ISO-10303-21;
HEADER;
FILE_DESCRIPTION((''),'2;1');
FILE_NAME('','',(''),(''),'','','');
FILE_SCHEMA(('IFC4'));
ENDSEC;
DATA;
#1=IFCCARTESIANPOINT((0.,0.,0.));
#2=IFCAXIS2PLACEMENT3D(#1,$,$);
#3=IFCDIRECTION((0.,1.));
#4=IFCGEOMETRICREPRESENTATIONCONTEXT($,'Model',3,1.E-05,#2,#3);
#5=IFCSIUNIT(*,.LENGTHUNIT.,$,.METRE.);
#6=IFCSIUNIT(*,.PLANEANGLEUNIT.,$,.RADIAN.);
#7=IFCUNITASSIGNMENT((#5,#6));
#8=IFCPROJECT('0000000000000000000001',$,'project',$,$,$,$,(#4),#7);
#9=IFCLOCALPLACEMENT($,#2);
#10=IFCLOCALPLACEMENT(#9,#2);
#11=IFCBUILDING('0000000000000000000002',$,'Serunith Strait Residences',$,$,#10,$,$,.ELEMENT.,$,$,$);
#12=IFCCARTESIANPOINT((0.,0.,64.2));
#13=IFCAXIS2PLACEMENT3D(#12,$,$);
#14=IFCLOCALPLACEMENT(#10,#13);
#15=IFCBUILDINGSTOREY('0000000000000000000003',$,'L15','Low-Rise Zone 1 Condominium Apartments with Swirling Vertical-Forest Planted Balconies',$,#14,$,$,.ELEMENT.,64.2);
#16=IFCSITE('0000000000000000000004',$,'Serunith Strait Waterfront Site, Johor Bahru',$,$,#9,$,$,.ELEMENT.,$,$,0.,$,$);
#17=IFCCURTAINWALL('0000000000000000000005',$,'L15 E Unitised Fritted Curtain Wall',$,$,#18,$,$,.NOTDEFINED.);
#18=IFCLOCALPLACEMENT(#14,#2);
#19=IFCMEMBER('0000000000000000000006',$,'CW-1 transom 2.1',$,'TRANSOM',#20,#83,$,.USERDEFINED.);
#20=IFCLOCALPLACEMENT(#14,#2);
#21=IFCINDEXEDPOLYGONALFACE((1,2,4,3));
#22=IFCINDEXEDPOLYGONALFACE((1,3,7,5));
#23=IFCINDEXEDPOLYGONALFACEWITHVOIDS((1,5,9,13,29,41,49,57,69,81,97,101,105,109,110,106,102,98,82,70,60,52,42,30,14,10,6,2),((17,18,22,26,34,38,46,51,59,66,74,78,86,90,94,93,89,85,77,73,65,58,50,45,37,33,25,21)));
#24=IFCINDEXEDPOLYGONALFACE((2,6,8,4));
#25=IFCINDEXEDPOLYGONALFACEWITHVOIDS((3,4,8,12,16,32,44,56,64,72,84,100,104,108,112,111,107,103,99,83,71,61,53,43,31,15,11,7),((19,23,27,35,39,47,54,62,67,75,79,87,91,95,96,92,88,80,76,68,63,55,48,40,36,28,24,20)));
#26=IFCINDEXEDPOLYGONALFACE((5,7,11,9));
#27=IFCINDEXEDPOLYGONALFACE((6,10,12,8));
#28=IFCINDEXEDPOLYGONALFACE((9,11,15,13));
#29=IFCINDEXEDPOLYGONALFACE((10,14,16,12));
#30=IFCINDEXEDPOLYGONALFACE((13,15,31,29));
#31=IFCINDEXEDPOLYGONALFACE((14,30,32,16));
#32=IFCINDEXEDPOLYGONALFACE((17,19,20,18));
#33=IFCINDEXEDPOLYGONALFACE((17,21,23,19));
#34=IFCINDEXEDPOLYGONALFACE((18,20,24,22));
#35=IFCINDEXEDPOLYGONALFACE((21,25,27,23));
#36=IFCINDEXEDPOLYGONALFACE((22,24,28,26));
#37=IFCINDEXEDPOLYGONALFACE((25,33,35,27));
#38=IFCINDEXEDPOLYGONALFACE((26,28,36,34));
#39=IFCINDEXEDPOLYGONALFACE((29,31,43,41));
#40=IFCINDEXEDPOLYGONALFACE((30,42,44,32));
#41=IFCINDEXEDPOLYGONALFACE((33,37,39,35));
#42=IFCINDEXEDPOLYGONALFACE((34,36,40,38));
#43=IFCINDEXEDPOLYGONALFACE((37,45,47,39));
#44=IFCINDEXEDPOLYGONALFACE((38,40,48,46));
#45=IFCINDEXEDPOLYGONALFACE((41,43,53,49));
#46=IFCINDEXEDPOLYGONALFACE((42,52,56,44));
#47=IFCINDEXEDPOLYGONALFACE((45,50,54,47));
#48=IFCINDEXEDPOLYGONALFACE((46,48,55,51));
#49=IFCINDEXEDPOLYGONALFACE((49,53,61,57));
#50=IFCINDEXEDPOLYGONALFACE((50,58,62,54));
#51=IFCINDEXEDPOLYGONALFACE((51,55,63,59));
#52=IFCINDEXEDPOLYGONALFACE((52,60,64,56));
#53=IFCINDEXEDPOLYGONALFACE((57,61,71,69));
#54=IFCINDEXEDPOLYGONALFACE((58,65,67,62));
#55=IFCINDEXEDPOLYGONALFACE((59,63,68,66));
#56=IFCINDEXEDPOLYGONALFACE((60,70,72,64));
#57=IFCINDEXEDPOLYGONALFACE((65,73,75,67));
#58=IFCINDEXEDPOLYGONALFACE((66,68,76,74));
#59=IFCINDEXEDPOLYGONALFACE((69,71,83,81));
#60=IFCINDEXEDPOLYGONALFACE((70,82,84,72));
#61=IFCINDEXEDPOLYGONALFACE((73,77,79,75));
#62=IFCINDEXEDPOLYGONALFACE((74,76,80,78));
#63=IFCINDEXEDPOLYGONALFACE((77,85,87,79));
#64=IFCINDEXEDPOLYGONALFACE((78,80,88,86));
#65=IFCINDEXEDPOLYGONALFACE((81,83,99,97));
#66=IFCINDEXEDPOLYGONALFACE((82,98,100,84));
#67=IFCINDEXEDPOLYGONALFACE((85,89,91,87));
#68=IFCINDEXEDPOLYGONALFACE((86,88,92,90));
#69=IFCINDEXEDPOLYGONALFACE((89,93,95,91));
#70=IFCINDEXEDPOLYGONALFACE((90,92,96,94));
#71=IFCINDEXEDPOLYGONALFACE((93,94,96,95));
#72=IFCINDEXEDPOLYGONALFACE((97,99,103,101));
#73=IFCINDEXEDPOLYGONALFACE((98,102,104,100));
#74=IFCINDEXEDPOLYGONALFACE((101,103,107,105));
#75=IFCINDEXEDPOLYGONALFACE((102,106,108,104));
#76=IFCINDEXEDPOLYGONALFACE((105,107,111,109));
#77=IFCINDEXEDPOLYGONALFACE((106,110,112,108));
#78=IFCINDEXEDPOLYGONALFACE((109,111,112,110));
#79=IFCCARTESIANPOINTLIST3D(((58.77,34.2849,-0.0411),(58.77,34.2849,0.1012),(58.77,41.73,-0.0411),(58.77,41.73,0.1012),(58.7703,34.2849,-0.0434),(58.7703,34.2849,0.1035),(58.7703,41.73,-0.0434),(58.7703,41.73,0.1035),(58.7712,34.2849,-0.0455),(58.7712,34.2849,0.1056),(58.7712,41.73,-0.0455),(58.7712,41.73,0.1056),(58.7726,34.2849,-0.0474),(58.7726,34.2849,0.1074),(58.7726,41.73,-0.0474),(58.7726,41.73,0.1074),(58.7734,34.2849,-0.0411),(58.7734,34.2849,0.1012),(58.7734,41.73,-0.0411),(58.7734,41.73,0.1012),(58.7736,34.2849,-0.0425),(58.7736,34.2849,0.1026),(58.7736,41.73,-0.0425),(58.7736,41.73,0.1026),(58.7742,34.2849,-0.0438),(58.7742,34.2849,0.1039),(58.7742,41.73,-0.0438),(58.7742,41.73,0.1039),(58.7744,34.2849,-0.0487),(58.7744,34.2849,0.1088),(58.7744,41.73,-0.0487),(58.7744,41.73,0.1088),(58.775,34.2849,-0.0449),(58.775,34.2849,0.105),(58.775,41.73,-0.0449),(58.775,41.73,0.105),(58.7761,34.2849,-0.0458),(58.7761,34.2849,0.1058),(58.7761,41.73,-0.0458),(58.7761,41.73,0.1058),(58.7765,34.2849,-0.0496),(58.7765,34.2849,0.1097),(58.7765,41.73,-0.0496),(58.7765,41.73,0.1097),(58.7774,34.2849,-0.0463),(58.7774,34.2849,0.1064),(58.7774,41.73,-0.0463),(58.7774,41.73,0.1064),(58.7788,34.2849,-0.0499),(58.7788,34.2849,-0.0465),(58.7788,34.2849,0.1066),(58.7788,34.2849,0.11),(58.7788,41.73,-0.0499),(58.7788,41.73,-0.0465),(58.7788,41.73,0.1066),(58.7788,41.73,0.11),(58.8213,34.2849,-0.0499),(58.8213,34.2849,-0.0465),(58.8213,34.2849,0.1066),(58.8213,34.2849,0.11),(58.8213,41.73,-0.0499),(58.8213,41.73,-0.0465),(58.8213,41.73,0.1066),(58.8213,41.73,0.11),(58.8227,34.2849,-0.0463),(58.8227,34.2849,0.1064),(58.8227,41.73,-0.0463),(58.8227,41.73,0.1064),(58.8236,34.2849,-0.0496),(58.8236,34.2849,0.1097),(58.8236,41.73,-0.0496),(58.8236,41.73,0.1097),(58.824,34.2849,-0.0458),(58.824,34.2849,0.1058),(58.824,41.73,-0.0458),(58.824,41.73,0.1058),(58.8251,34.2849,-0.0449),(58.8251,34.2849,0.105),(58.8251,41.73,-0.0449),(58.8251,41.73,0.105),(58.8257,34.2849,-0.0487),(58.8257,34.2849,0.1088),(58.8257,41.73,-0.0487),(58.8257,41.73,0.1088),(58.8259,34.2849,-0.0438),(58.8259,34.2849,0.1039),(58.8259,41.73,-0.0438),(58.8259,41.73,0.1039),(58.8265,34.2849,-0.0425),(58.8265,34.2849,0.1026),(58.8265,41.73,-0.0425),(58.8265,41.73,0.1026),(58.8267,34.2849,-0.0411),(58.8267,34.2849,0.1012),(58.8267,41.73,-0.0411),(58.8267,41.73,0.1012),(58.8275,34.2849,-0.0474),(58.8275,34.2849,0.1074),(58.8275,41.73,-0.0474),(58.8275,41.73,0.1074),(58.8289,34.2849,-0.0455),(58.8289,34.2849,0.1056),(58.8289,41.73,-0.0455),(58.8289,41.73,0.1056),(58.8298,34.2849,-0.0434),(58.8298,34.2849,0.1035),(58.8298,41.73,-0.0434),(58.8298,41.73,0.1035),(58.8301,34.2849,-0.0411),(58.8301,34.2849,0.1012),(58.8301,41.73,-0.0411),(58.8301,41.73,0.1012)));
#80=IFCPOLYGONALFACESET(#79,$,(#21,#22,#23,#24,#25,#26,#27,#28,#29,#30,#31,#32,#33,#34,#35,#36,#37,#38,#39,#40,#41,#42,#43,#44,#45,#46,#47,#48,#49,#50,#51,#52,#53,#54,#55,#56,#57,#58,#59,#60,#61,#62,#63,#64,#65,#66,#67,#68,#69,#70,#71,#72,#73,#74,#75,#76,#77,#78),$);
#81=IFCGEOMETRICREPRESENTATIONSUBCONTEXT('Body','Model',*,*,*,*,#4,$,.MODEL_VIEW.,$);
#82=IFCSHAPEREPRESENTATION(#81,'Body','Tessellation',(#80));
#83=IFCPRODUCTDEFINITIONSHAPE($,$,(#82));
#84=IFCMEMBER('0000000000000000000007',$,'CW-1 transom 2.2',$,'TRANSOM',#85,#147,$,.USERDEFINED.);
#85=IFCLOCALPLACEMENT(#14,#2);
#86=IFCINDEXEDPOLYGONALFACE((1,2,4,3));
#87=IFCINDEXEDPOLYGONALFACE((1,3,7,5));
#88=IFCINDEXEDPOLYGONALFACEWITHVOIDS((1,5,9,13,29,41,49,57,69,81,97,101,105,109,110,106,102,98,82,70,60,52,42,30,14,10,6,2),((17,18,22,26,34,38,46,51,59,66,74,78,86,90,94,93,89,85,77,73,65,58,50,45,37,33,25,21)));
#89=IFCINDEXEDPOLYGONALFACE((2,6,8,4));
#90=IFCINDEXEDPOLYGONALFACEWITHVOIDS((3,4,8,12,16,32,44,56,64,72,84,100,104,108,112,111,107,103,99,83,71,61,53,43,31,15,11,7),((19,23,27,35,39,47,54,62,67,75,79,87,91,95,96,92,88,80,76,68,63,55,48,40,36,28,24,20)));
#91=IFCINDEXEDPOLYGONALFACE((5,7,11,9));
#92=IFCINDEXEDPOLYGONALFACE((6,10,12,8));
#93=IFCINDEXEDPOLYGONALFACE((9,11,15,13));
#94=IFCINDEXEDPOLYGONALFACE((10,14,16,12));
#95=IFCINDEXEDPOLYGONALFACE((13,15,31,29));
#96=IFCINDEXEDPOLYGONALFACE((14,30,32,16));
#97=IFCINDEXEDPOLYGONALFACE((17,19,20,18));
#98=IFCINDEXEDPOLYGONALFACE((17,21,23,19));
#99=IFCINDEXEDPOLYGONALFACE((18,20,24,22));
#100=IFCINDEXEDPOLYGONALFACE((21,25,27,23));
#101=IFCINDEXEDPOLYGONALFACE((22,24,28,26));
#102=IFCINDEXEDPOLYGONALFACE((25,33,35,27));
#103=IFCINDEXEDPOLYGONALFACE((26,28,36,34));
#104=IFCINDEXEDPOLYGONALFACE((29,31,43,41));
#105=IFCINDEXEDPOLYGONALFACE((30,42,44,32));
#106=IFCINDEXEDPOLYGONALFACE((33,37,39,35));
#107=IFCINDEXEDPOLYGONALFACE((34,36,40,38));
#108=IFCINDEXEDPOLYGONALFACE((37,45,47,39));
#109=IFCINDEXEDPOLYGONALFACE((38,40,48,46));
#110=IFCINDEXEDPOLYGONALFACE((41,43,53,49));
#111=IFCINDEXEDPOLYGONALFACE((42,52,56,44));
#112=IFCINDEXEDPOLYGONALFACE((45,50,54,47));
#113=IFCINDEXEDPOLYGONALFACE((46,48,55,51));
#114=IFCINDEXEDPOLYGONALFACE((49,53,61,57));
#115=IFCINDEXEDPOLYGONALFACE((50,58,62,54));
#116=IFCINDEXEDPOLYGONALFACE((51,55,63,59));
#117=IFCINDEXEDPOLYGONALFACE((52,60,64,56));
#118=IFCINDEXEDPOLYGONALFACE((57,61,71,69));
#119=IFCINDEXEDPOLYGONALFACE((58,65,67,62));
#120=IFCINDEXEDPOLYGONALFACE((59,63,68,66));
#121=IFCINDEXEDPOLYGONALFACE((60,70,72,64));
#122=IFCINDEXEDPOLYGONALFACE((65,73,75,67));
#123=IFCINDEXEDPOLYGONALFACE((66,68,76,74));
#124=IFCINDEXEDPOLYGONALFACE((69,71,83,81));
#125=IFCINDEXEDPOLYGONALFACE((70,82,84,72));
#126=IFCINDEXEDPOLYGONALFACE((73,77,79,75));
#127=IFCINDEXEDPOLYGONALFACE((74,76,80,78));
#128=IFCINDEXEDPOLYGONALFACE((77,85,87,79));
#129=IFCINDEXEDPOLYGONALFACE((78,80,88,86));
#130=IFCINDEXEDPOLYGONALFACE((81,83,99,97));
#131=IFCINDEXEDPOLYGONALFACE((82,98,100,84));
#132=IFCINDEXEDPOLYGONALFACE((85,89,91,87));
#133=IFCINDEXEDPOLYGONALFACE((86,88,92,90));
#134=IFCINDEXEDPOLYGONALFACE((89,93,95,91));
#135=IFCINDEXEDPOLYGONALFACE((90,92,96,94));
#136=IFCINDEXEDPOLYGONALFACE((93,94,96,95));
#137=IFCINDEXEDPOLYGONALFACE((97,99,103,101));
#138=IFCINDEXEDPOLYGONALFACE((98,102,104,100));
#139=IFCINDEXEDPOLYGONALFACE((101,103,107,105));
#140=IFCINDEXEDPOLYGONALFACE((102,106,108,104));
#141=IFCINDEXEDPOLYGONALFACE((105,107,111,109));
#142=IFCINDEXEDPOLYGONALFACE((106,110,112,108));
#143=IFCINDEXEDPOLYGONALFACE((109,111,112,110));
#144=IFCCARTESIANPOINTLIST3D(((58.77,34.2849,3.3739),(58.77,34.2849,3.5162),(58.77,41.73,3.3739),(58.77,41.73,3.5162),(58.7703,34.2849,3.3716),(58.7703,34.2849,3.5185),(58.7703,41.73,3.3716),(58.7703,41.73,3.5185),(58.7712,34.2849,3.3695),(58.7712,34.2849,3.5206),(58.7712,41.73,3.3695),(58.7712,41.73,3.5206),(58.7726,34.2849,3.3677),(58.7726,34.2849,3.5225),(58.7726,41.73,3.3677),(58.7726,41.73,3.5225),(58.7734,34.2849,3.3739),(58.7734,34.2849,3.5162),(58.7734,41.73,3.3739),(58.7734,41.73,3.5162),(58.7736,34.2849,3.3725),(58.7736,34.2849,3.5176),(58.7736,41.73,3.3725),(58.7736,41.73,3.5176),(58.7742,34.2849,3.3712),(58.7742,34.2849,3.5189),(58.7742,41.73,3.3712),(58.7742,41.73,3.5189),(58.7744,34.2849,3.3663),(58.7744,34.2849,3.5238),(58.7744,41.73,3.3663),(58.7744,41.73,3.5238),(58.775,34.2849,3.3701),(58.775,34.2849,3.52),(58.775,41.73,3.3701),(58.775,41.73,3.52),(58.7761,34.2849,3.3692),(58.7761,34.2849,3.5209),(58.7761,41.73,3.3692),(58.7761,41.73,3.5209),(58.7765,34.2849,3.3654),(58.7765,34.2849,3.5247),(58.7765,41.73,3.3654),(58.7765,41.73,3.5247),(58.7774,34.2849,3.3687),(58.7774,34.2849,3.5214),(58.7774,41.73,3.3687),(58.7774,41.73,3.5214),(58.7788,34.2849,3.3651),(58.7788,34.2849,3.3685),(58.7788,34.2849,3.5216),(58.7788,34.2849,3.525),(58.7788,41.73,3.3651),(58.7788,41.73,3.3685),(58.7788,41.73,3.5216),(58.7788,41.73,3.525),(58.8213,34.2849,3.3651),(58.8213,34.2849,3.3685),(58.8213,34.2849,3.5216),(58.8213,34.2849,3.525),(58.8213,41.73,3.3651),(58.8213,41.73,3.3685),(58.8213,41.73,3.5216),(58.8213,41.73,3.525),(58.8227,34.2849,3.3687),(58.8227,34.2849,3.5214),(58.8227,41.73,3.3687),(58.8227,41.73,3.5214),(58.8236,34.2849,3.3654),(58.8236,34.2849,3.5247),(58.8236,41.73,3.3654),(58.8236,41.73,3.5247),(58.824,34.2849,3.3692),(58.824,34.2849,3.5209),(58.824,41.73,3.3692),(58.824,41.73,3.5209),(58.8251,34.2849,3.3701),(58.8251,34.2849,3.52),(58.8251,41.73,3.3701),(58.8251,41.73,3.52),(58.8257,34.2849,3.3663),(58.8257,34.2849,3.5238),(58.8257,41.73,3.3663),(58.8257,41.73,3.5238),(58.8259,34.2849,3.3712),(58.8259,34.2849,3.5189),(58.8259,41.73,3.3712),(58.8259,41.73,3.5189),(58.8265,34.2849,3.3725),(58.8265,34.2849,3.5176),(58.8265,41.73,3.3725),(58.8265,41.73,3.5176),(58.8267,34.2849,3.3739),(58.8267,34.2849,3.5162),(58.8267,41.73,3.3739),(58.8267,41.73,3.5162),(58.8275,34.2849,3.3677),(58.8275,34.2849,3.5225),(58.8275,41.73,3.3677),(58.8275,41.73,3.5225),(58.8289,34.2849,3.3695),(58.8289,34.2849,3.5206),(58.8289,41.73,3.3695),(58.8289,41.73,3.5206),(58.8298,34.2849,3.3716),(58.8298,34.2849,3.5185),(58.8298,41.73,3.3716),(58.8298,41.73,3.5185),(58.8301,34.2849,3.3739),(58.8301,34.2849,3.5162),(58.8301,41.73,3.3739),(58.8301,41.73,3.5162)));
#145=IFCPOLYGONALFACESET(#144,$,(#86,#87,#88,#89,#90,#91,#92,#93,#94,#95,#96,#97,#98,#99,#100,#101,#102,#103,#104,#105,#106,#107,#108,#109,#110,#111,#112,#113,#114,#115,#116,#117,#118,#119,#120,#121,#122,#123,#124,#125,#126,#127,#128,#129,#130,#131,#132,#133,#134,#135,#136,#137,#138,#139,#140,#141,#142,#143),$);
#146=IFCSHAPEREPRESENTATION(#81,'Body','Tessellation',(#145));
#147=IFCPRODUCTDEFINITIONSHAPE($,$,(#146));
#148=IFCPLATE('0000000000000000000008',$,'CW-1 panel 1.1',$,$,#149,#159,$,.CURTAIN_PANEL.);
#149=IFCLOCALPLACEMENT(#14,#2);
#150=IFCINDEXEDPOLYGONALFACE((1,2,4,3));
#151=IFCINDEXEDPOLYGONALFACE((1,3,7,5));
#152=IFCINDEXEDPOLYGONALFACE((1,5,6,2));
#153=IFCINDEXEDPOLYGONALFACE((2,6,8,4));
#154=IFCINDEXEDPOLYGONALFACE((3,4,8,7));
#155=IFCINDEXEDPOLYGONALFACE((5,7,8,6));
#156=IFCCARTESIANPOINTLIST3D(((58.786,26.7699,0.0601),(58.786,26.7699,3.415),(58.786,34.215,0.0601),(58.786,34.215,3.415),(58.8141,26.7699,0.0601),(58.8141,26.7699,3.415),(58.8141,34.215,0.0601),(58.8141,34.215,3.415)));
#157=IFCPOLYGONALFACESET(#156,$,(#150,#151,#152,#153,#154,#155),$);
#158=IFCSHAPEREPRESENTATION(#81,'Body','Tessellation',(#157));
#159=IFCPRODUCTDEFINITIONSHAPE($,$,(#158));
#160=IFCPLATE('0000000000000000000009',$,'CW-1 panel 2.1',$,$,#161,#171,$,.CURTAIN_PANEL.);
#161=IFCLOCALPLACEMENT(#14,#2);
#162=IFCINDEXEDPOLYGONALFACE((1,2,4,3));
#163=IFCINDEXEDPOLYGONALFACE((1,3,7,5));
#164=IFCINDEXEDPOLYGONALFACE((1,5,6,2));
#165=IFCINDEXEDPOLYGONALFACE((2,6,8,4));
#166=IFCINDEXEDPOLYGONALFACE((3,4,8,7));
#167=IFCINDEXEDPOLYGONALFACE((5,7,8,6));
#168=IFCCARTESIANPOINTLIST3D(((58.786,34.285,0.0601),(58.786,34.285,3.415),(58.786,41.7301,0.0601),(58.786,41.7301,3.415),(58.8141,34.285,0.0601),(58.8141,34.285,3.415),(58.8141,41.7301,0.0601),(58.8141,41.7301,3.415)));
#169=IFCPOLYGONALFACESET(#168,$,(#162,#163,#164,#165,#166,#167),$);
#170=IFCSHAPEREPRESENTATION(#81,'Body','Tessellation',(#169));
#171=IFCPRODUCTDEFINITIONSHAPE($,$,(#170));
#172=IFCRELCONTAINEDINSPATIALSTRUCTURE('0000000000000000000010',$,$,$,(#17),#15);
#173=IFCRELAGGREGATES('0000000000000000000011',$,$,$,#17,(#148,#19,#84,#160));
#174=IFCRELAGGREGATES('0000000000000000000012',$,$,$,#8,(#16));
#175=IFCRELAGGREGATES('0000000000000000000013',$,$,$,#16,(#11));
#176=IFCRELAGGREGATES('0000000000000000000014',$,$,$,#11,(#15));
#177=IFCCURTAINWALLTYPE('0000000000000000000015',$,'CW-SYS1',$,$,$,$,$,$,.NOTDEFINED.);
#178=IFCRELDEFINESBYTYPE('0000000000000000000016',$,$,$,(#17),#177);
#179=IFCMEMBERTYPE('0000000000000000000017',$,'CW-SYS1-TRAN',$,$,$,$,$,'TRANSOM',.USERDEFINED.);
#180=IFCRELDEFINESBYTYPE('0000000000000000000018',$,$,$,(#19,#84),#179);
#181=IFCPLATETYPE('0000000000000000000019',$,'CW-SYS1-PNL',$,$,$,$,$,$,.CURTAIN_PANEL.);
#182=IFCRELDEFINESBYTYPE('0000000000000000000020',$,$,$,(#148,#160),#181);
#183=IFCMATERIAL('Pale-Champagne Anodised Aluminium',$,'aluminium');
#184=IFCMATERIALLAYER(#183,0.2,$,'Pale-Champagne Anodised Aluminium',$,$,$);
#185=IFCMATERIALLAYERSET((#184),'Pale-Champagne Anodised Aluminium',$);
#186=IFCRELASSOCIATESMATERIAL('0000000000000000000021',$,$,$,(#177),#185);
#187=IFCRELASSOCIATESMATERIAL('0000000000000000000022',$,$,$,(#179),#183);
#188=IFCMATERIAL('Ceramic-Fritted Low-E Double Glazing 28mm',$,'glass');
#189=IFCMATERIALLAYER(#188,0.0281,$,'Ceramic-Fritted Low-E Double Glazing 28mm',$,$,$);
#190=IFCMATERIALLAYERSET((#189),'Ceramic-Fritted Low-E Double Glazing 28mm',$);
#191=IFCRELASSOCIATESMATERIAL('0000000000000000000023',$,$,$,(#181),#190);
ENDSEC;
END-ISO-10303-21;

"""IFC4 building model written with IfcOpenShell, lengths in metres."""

from ifc_helpers import new_model, si_unit, direction, frame, origin, origin_2d, place, context, subcontext, project, spatial, rectangle, hollow_rectangle, extrude, source, transform, mapped, material, layer, layer_set, material_profile, profile_set, type_object, element, aggregate, save


model = new_model("IFC4")

# Units and contexts
model_context = context("Model", 3, precision=1e-05, world=origin(), true_north=direction((0.0, 1.0)))
body_context = subcontext(model_context, "Body", "Model", "MODEL_VIEW")
ifc_project = project(units=[si_unit("LENGTHUNIT", "METRE"), si_unit("PLANEANGLEUNIT", "RADIAN")], contexts=[model_context])

# Site, building, storey
site_placement = place(None, origin())
site = spatial("IfcSite", under=ifc_project, at=site_placement, Name="Serunith Strait Waterfront Site, Johor Bahru", CompositionType="ELEMENT", RefElevation=0.0)
building_placement = place(site_placement, origin())
building = spatial("IfcBuilding", under=site, at=building_placement, Name="Serunith Strait Residences", CompositionType="ELEMENT")
storey_placement = place(building_placement, frame((0.0, 0.0, 64.2)))
storey = spatial("IfcBuildingStorey", under=building, at=storey_placement, Name="L15", Description="Low-Rise Zone 1 Condominium Apartments with Swirling Vertical-Forest Planted Balconies", CompositionType="ELEMENT", Elevation=64.2)

# Curtain wall, members, plates
ifc_material_1 = material(Name="Pale-Champagne Anodised Aluminium", Category="aluminium")
ifc_layer_1 = layer(ifc_material_1, 0.2, Name="Pale-Champagne Anodised Aluminium")
ifc_layer_set_1 = layer_set([ifc_layer_1], Name="Pale-Champagne Anodised Aluminium")
curtain_wall_type = type_object("IfcCurtainWallType", Name="CW-SYS1", PredefinedType="NOTDEFINED", material=ifc_layer_set_1)
curtain_wall_placement = place(storey_placement, origin())
curtain_wall = element("IfcCurtainWall", 1, at=curtain_wall_placement, inside=storey, type_object=curtain_wall_type, Name="L15 E Unitised Fritted Curtain Wall", PredefinedType="NOTDEFINED")
ifc_material_profile_1 = material_profile(ifc_material_1, hollow_rectangle(XDim=0.0601, YDim=0.1599, WallThickness=0.0034, InnerFilletRadius=0.0054, OuterFilletRadius=0.0088, at=origin_2d()), Name="ALU 160x60x3.5")
ifc_profile_set_1 = profile_set([ifc_material_profile_1], Name="Pale-Champagne Anodised Aluminium")
member_type_1 = type_object("IfcMemberType", Name="CW-SYS1-TRAN", ElementType="TRANSOM", PredefinedType="USERDEFINED", material=ifc_profile_set_1)
shared_shape_1 = source(origin(), body_context, "Body", "SweptSolid", [
    extrude(hollow_rectangle(XDim=0.0601, YDim=0.1599, WallThickness=0.0034, InnerFilletRadius=0.0054, OuterFilletRadius=0.0088, at=origin_2d()), origin(), (0.0, 0.0, 1.0), 7.4451),
])
member_1_placement = place(storey_placement, frame((58.8, 34.2849, 0.03), z_axis=(0.0, 1.0, 0.0), x_axis=(-1.0, 0.0, 0.0)))
member_1 = element("IfcMember", 2, at=member_1_placement, type_object=member_type_1, Name="CW-1 transom 2.1", ObjectType="TRANSOM", PredefinedType="USERDEFINED", context=body_context, shape_type="MappedRepresentation", body=[
    mapped(shared_shape_1, transform((0.0, 0.0, 0.0), scale=1.0)),
])
member_2_placement = place(storey_placement, frame((58.8, 34.2849, 3.4451), z_axis=(0.0, 1.0, 0.0), x_axis=(-1.0, 0.0, 0.0)))
member_2 = element("IfcMember", 3, at=member_2_placement, type_object=member_type_1, Name="CW-1 transom 2.2", ObjectType="TRANSOM", PredefinedType="USERDEFINED", context=body_context, shape_type="MappedRepresentation", body=[
    mapped(shared_shape_1, transform((0.0, 0.0, 0.0), scale=1.0)),
])
ifc_material_2 = material(Name="Ceramic-Fritted Low-E Double Glazing 28mm", Category="glass")
ifc_layer_2 = layer(ifc_material_2, 0.0281, Name="Ceramic-Fritted Low-E Double Glazing 28mm")
ifc_layer_set_2 = layer_set([ifc_layer_2], Name="Ceramic-Fritted Low-E Double Glazing 28mm")
plate_type = type_object("IfcPlateType", Name="CW-SYS1-PNL", PredefinedType="CURTAIN_PANEL", material=ifc_layer_set_2)
shared_shape_2 = source(origin(), body_context, "Body", "SweptSolid", [
    extrude(rectangle(XDim=7.4451, YDim=0.0281, at=origin_2d()), origin(), (0.0, 0.0, 1.0), 3.355),
])
plate_1_placement = place(storey_placement, frame((58.8, 30.4924, 0.0601), z_axis=(0.0, 0.0, 1.0), x_axis=(0.0, 1.0, 0.0)))
plate_1 = element("IfcPlate", 4, at=plate_1_placement, type_object=plate_type, Name="CW-1 panel 1.1", PredefinedType="CURTAIN_PANEL", context=body_context, shape_type="MappedRepresentation", body=[
    mapped(shared_shape_2, transform((0.0, 0.0, 0.0), scale=1.0)),
])
plate_2_placement = place(storey_placement, frame((58.8, 38.0076, 0.0601), z_axis=(0.0, 0.0, 1.0), x_axis=(0.0, 1.0, 0.0)))
plate_2 = element("IfcPlate", 5, at=plate_2_placement, type_object=plate_type, Name="CW-1 panel 2.1", PredefinedType="CURTAIN_PANEL", context=body_context, shape_type="MappedRepresentation", body=[
    mapped(shared_shape_2, transform((0.0, 0.0, 0.0), scale=1.0)),
])
aggregate(curtain_wall, [plate_1, member_1, member_2, plate_2])

save(model, "model.ifc")
